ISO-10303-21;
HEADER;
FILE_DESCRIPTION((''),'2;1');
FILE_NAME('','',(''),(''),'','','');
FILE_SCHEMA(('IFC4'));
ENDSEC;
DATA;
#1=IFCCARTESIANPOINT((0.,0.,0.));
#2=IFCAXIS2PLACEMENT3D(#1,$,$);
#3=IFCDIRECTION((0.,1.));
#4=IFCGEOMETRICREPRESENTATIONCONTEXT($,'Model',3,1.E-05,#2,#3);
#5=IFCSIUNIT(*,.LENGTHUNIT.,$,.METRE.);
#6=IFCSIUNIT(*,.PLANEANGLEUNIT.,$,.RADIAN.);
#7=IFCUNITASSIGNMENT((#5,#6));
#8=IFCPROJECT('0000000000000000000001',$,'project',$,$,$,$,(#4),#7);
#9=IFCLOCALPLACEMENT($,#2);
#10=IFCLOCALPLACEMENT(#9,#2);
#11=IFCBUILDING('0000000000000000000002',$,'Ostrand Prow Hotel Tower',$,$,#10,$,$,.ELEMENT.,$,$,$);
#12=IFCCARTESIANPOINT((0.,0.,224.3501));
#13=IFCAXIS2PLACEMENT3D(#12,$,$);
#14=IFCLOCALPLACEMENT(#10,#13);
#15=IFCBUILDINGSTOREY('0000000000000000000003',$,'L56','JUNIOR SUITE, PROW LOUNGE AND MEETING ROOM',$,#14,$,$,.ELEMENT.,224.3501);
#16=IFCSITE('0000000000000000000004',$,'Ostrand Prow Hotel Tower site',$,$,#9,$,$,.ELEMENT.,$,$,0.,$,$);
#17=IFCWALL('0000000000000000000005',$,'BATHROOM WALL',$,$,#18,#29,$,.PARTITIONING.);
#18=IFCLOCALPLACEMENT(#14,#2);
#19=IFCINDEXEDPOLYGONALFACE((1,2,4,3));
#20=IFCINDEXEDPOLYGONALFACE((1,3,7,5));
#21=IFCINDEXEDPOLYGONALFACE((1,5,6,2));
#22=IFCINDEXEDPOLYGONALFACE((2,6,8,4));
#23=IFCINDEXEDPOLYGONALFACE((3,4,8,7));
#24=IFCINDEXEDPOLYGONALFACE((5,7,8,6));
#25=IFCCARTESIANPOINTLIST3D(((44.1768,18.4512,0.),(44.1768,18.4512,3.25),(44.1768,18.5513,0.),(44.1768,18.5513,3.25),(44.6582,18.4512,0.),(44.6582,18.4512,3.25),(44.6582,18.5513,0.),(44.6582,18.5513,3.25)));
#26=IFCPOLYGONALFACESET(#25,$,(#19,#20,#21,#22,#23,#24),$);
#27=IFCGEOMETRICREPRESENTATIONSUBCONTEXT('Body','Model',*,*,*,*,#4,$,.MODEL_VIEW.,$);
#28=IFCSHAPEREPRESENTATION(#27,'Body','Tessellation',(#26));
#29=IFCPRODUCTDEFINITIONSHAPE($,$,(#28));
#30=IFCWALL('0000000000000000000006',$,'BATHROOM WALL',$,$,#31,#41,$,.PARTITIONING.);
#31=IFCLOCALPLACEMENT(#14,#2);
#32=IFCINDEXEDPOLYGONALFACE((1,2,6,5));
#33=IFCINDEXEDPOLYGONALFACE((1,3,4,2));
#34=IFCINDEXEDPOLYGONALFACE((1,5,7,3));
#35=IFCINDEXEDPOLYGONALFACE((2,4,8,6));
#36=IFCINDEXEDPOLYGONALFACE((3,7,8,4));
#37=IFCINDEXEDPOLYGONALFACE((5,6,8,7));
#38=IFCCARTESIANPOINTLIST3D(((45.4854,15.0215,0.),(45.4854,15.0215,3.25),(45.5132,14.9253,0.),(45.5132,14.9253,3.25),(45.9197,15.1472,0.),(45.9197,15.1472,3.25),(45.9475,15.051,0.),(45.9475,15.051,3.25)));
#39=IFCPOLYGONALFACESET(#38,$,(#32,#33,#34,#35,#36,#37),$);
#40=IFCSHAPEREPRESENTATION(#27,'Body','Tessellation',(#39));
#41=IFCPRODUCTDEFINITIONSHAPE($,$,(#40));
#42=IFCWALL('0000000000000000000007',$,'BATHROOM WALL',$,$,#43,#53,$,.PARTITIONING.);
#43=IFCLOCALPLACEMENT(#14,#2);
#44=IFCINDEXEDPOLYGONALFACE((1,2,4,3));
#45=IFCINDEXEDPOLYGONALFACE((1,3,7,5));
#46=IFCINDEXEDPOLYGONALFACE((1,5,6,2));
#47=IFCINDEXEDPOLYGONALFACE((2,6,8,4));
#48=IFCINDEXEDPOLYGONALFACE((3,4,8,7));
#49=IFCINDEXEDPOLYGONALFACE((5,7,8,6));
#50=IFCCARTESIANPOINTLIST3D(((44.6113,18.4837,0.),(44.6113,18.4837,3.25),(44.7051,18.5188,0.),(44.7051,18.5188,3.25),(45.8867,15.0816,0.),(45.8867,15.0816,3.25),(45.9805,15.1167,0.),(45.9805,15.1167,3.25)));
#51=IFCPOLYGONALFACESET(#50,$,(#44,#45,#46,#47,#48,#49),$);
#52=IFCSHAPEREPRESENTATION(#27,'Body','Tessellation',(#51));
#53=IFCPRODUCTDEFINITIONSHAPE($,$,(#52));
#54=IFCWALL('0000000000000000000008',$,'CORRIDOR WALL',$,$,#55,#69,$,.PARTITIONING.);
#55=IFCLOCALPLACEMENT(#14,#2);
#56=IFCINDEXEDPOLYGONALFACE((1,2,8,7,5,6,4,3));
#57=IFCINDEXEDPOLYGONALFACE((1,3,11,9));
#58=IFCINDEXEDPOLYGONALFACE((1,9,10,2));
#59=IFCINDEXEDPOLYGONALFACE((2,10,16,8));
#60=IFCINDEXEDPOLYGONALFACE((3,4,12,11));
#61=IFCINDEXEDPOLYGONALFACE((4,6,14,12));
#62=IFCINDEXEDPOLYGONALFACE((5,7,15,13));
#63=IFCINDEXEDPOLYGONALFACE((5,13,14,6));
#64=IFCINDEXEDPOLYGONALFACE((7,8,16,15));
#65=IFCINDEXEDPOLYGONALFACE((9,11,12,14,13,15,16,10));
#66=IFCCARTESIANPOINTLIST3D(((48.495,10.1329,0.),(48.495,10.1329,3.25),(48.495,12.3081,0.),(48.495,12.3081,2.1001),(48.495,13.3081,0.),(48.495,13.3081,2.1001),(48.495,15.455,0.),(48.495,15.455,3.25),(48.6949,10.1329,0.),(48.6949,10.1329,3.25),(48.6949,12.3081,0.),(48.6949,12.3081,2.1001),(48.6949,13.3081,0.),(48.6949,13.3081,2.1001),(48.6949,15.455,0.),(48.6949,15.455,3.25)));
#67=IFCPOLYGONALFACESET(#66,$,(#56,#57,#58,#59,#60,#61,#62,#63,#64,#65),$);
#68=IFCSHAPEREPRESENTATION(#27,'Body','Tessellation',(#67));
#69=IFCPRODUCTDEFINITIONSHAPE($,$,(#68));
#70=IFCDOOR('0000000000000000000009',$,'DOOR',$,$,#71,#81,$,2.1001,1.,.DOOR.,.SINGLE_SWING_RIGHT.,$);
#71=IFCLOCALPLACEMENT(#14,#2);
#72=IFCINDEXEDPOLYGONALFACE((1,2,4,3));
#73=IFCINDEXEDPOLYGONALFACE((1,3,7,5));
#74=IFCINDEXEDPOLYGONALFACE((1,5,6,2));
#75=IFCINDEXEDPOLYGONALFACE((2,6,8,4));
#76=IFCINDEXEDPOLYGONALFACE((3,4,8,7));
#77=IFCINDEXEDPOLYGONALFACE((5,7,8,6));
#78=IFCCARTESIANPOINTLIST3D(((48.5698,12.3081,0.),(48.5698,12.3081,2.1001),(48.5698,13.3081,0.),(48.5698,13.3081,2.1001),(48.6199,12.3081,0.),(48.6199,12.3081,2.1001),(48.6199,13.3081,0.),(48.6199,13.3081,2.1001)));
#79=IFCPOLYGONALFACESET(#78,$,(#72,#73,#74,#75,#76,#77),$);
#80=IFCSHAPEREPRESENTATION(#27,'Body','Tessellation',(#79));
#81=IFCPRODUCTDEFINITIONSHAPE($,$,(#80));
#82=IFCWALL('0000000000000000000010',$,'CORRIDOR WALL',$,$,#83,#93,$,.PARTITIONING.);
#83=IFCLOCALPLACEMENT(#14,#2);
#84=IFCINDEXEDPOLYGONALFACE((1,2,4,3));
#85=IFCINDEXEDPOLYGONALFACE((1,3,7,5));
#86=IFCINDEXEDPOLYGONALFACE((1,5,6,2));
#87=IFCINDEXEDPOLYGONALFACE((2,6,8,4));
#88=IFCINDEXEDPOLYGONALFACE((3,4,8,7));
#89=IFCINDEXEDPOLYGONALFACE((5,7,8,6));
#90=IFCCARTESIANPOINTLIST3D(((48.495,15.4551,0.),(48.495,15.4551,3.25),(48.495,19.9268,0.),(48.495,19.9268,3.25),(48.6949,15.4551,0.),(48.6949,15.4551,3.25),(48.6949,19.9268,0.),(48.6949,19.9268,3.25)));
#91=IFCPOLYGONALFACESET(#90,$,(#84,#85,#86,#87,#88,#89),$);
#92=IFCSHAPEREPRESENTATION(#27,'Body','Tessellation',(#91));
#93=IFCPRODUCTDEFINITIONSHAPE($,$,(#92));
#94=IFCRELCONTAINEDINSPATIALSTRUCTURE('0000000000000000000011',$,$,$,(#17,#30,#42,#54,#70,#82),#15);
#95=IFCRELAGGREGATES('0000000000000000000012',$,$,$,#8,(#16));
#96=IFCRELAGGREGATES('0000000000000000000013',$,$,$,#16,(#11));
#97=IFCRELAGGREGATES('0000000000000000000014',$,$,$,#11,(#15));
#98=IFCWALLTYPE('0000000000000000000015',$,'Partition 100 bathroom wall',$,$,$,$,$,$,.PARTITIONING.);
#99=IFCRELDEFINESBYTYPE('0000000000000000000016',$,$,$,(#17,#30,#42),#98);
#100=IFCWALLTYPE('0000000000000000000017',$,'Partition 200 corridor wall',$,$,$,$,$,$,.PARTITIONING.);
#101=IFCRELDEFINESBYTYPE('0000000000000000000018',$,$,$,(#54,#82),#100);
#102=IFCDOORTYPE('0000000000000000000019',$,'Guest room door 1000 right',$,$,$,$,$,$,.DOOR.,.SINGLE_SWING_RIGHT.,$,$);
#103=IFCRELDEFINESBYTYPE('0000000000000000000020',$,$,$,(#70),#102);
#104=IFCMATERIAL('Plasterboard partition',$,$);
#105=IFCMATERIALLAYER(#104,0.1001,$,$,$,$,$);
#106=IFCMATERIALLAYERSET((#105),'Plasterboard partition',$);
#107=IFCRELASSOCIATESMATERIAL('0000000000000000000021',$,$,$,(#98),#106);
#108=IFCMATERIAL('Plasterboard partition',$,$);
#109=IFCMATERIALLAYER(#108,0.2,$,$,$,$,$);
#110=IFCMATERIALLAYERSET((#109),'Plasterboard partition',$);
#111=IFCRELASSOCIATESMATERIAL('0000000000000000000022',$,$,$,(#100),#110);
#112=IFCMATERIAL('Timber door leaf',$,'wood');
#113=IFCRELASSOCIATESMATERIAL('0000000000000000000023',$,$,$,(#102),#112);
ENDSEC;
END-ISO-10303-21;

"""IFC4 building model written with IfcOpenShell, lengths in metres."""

from ifc_helpers import new_model, si_unit, direction, frame, frame_2d, origin, place, context, subcontext, project, spatial, rectangle, extrude, material, layer, layer_set, type_object, element, fill, save


model = new_model("IFC4")

# Units and contexts
model_context = context("Model", 3, precision=1e-05, world=origin(), true_north=direction((0.0, 1.0)))
body_context = subcontext(model_context, "Body", "Model", "MODEL_VIEW")
ifc_project = project(units=[si_unit("LENGTHUNIT", "METRE"), si_unit("PLANEANGLEUNIT", "RADIAN")], contexts=[model_context])

# Site, building, storey
site_placement = place(None, origin())
site = spatial("IfcSite", under=ifc_project, at=site_placement, Name="Ostrand Prow Hotel Tower site", CompositionType="ELEMENT", RefElevation=0.0)
building_placement = place(site_placement, origin())
building = spatial("IfcBuilding", under=site, at=building_placement, Name="Ostrand Prow Hotel Tower", CompositionType="ELEMENT")
storey_placement = place(building_placement, frame((0.0, 0.0, 224.3501)))
storey = spatial("IfcBuildingStorey", under=building, at=storey_placement, Name="L56", Description="JUNIOR SUITE, PROW LOUNGE AND MEETING ROOM", CompositionType="ELEMENT", Elevation=224.3501)

# Walls
ifc_material_1 = material(Name="Plasterboard partition")
ifc_layer_1 = layer(ifc_material_1, 0.1001)
ifc_layer_set_1 = layer_set([ifc_layer_1], Name="Plasterboard partition")
wall_type_1 = type_object("IfcWallType", Name="Partition 100 bathroom wall", PredefinedType="PARTITIONING", material=ifc_layer_set_1)
wall_1_placement = place(storey_placement, frame((44.1768, 18.5012, 0.0), z_axis=(0.0, 0.0, 1.0), x_axis=(1.0, 0.0, 0.0)))
element("IfcWall", 1, at=wall_1_placement, inside=storey, type_object=wall_type_1, Name="BATHROOM WALL", PredefinedType="PARTITIONING", context=body_context, shape_type="SweptSolid", body=[
    extrude(rectangle(XDim=0.4814, YDim=0.1001, at=frame_2d((0.2407, 0.0))), origin(), (0.0, 0.0, 1.0), 3.25),
])
wall_2_placement = place(storey_placement, frame((45.9336, 15.0991, 0.0), z_axis=(0.0, 0.0, 1.0), x_axis=(-0.96056, -0.278071, 0.0)))
element("IfcWall", 2, at=wall_2_placement, inside=storey, type_object=wall_type_1, Name="BATHROOM WALL", PredefinedType="PARTITIONING", context=body_context, shape_type="SweptSolid", body=[
    extrude(rectangle(XDim=0.4521, YDim=0.1001, at=frame_2d((0.2261, 0.0))), origin(), (0.0, 0.0, 1.0), 3.25),
])
wall_3_placement = place(storey_placement, frame((44.6582, 18.5012, 0.0), z_axis=(0.0, 0.0, 1.0), x_axis=(0.351028, -0.936365, 0.0)))
element("IfcWall", 3, at=wall_3_placement, inside=storey, type_object=wall_type_1, Name="BATHROOM WALL", PredefinedType="PARTITIONING", context=body_context, shape_type="SweptSolid", body=[
    extrude(rectangle(XDim=3.6333, YDim=0.1001, at=frame_2d((1.8167, 0.0))), origin(), (0.0, 0.0, 1.0), 3.25),
])

# Wall, opening, door
ifc_material_2 = material(Name="Plasterboard partition")
ifc_layer_2 = layer(ifc_material_2, 0.2)
ifc_layer_set_2 = layer_set([ifc_layer_2], Name="Plasterboard partition")
wall_type_2 = type_object("IfcWallType", Name="Partition 200 corridor wall", PredefinedType="PARTITIONING", material=ifc_layer_set_2)
wall_4_placement = place(storey_placement, frame((48.595, 15.4551, 0.0), z_axis=(0.0, 0.0, 1.0), x_axis=(0.0, -1.0, 0.0)))
wall_4 = element("IfcWall", 4, at=wall_4_placement, inside=storey, type_object=wall_type_2, Name="CORRIDOR WALL", PredefinedType="PARTITIONING", context=body_context, shape_type="SweptSolid", body=[
    extrude(rectangle(XDim=5.322, YDim=0.2, at=frame_2d((2.6611, 0.0))), origin(), (0.0, 0.0, 1.0), 3.25),
])
opening_placement = place(wall_4_placement, frame((2.147, 0.0, 0.0)))
opening = element("IfcOpeningElement", 5, at=opening_placement, cuts=wall_4, PredefinedType="OPENING", context=body_context, shape_type="SweptSolid", body=[
    extrude(rectangle(XDim=1.0, YDim=2.1001, at=frame_2d((0.5, 1.05))), frame((0.0, 0.1099, 0.0), z_axis=(0.0, -1.0, 0.0), x_axis=(1.0, 0.0, 0.0)), (0.0, 0.0, 1.0), 0.22),
])
ifc_material_3 = material(Name="Timber door leaf", Category="wood")
door_type = type_object("IfcDoorType", Name="Guest room door 1000 right", OperationType="SINGLE_SWING_RIGHT", PredefinedType="DOOR", material=ifc_material_3)
door_placement = place(opening_placement, origin())
door = element("IfcDoor", 6, at=door_placement, inside=storey, type_object=door_type, Name="DOOR", OperationType="SINGLE_SWING_RIGHT", OverallHeight=2.1001, OverallWidth=1.0, PredefinedType="DOOR", context=body_context, shape_type="SweptSolid", body=[
    extrude(rectangle(XDim=1.0, YDim=2.1001, at=frame_2d((0.5, 1.05))), frame((0.0, 0.0249, 0.0), z_axis=(0.0, -1.0, 0.0), x_axis=(1.0, 0.0, 0.0)), (0.0, 0.0, 1.0), 0.05),
])
fill(opening, door)

# Wall
wall_5_placement = place(storey_placement, frame((48.595, 19.9268, 0.0), z_axis=(0.0, 0.0, 1.0), x_axis=(0.0, -1.0, 0.0)))
element("IfcWall", 7, at=wall_5_placement, inside=storey, type_object=wall_type_2, Name="CORRIDOR WALL", PredefinedType="PARTITIONING", context=body_context, shape_type="SweptSolid", body=[
    extrude(rectangle(XDim=4.4717, YDim=0.2, at=frame_2d((2.2358, 0.0))), origin(), (0.0, 0.0, 1.0), 3.25),
])

save(model, "model.ifc")
